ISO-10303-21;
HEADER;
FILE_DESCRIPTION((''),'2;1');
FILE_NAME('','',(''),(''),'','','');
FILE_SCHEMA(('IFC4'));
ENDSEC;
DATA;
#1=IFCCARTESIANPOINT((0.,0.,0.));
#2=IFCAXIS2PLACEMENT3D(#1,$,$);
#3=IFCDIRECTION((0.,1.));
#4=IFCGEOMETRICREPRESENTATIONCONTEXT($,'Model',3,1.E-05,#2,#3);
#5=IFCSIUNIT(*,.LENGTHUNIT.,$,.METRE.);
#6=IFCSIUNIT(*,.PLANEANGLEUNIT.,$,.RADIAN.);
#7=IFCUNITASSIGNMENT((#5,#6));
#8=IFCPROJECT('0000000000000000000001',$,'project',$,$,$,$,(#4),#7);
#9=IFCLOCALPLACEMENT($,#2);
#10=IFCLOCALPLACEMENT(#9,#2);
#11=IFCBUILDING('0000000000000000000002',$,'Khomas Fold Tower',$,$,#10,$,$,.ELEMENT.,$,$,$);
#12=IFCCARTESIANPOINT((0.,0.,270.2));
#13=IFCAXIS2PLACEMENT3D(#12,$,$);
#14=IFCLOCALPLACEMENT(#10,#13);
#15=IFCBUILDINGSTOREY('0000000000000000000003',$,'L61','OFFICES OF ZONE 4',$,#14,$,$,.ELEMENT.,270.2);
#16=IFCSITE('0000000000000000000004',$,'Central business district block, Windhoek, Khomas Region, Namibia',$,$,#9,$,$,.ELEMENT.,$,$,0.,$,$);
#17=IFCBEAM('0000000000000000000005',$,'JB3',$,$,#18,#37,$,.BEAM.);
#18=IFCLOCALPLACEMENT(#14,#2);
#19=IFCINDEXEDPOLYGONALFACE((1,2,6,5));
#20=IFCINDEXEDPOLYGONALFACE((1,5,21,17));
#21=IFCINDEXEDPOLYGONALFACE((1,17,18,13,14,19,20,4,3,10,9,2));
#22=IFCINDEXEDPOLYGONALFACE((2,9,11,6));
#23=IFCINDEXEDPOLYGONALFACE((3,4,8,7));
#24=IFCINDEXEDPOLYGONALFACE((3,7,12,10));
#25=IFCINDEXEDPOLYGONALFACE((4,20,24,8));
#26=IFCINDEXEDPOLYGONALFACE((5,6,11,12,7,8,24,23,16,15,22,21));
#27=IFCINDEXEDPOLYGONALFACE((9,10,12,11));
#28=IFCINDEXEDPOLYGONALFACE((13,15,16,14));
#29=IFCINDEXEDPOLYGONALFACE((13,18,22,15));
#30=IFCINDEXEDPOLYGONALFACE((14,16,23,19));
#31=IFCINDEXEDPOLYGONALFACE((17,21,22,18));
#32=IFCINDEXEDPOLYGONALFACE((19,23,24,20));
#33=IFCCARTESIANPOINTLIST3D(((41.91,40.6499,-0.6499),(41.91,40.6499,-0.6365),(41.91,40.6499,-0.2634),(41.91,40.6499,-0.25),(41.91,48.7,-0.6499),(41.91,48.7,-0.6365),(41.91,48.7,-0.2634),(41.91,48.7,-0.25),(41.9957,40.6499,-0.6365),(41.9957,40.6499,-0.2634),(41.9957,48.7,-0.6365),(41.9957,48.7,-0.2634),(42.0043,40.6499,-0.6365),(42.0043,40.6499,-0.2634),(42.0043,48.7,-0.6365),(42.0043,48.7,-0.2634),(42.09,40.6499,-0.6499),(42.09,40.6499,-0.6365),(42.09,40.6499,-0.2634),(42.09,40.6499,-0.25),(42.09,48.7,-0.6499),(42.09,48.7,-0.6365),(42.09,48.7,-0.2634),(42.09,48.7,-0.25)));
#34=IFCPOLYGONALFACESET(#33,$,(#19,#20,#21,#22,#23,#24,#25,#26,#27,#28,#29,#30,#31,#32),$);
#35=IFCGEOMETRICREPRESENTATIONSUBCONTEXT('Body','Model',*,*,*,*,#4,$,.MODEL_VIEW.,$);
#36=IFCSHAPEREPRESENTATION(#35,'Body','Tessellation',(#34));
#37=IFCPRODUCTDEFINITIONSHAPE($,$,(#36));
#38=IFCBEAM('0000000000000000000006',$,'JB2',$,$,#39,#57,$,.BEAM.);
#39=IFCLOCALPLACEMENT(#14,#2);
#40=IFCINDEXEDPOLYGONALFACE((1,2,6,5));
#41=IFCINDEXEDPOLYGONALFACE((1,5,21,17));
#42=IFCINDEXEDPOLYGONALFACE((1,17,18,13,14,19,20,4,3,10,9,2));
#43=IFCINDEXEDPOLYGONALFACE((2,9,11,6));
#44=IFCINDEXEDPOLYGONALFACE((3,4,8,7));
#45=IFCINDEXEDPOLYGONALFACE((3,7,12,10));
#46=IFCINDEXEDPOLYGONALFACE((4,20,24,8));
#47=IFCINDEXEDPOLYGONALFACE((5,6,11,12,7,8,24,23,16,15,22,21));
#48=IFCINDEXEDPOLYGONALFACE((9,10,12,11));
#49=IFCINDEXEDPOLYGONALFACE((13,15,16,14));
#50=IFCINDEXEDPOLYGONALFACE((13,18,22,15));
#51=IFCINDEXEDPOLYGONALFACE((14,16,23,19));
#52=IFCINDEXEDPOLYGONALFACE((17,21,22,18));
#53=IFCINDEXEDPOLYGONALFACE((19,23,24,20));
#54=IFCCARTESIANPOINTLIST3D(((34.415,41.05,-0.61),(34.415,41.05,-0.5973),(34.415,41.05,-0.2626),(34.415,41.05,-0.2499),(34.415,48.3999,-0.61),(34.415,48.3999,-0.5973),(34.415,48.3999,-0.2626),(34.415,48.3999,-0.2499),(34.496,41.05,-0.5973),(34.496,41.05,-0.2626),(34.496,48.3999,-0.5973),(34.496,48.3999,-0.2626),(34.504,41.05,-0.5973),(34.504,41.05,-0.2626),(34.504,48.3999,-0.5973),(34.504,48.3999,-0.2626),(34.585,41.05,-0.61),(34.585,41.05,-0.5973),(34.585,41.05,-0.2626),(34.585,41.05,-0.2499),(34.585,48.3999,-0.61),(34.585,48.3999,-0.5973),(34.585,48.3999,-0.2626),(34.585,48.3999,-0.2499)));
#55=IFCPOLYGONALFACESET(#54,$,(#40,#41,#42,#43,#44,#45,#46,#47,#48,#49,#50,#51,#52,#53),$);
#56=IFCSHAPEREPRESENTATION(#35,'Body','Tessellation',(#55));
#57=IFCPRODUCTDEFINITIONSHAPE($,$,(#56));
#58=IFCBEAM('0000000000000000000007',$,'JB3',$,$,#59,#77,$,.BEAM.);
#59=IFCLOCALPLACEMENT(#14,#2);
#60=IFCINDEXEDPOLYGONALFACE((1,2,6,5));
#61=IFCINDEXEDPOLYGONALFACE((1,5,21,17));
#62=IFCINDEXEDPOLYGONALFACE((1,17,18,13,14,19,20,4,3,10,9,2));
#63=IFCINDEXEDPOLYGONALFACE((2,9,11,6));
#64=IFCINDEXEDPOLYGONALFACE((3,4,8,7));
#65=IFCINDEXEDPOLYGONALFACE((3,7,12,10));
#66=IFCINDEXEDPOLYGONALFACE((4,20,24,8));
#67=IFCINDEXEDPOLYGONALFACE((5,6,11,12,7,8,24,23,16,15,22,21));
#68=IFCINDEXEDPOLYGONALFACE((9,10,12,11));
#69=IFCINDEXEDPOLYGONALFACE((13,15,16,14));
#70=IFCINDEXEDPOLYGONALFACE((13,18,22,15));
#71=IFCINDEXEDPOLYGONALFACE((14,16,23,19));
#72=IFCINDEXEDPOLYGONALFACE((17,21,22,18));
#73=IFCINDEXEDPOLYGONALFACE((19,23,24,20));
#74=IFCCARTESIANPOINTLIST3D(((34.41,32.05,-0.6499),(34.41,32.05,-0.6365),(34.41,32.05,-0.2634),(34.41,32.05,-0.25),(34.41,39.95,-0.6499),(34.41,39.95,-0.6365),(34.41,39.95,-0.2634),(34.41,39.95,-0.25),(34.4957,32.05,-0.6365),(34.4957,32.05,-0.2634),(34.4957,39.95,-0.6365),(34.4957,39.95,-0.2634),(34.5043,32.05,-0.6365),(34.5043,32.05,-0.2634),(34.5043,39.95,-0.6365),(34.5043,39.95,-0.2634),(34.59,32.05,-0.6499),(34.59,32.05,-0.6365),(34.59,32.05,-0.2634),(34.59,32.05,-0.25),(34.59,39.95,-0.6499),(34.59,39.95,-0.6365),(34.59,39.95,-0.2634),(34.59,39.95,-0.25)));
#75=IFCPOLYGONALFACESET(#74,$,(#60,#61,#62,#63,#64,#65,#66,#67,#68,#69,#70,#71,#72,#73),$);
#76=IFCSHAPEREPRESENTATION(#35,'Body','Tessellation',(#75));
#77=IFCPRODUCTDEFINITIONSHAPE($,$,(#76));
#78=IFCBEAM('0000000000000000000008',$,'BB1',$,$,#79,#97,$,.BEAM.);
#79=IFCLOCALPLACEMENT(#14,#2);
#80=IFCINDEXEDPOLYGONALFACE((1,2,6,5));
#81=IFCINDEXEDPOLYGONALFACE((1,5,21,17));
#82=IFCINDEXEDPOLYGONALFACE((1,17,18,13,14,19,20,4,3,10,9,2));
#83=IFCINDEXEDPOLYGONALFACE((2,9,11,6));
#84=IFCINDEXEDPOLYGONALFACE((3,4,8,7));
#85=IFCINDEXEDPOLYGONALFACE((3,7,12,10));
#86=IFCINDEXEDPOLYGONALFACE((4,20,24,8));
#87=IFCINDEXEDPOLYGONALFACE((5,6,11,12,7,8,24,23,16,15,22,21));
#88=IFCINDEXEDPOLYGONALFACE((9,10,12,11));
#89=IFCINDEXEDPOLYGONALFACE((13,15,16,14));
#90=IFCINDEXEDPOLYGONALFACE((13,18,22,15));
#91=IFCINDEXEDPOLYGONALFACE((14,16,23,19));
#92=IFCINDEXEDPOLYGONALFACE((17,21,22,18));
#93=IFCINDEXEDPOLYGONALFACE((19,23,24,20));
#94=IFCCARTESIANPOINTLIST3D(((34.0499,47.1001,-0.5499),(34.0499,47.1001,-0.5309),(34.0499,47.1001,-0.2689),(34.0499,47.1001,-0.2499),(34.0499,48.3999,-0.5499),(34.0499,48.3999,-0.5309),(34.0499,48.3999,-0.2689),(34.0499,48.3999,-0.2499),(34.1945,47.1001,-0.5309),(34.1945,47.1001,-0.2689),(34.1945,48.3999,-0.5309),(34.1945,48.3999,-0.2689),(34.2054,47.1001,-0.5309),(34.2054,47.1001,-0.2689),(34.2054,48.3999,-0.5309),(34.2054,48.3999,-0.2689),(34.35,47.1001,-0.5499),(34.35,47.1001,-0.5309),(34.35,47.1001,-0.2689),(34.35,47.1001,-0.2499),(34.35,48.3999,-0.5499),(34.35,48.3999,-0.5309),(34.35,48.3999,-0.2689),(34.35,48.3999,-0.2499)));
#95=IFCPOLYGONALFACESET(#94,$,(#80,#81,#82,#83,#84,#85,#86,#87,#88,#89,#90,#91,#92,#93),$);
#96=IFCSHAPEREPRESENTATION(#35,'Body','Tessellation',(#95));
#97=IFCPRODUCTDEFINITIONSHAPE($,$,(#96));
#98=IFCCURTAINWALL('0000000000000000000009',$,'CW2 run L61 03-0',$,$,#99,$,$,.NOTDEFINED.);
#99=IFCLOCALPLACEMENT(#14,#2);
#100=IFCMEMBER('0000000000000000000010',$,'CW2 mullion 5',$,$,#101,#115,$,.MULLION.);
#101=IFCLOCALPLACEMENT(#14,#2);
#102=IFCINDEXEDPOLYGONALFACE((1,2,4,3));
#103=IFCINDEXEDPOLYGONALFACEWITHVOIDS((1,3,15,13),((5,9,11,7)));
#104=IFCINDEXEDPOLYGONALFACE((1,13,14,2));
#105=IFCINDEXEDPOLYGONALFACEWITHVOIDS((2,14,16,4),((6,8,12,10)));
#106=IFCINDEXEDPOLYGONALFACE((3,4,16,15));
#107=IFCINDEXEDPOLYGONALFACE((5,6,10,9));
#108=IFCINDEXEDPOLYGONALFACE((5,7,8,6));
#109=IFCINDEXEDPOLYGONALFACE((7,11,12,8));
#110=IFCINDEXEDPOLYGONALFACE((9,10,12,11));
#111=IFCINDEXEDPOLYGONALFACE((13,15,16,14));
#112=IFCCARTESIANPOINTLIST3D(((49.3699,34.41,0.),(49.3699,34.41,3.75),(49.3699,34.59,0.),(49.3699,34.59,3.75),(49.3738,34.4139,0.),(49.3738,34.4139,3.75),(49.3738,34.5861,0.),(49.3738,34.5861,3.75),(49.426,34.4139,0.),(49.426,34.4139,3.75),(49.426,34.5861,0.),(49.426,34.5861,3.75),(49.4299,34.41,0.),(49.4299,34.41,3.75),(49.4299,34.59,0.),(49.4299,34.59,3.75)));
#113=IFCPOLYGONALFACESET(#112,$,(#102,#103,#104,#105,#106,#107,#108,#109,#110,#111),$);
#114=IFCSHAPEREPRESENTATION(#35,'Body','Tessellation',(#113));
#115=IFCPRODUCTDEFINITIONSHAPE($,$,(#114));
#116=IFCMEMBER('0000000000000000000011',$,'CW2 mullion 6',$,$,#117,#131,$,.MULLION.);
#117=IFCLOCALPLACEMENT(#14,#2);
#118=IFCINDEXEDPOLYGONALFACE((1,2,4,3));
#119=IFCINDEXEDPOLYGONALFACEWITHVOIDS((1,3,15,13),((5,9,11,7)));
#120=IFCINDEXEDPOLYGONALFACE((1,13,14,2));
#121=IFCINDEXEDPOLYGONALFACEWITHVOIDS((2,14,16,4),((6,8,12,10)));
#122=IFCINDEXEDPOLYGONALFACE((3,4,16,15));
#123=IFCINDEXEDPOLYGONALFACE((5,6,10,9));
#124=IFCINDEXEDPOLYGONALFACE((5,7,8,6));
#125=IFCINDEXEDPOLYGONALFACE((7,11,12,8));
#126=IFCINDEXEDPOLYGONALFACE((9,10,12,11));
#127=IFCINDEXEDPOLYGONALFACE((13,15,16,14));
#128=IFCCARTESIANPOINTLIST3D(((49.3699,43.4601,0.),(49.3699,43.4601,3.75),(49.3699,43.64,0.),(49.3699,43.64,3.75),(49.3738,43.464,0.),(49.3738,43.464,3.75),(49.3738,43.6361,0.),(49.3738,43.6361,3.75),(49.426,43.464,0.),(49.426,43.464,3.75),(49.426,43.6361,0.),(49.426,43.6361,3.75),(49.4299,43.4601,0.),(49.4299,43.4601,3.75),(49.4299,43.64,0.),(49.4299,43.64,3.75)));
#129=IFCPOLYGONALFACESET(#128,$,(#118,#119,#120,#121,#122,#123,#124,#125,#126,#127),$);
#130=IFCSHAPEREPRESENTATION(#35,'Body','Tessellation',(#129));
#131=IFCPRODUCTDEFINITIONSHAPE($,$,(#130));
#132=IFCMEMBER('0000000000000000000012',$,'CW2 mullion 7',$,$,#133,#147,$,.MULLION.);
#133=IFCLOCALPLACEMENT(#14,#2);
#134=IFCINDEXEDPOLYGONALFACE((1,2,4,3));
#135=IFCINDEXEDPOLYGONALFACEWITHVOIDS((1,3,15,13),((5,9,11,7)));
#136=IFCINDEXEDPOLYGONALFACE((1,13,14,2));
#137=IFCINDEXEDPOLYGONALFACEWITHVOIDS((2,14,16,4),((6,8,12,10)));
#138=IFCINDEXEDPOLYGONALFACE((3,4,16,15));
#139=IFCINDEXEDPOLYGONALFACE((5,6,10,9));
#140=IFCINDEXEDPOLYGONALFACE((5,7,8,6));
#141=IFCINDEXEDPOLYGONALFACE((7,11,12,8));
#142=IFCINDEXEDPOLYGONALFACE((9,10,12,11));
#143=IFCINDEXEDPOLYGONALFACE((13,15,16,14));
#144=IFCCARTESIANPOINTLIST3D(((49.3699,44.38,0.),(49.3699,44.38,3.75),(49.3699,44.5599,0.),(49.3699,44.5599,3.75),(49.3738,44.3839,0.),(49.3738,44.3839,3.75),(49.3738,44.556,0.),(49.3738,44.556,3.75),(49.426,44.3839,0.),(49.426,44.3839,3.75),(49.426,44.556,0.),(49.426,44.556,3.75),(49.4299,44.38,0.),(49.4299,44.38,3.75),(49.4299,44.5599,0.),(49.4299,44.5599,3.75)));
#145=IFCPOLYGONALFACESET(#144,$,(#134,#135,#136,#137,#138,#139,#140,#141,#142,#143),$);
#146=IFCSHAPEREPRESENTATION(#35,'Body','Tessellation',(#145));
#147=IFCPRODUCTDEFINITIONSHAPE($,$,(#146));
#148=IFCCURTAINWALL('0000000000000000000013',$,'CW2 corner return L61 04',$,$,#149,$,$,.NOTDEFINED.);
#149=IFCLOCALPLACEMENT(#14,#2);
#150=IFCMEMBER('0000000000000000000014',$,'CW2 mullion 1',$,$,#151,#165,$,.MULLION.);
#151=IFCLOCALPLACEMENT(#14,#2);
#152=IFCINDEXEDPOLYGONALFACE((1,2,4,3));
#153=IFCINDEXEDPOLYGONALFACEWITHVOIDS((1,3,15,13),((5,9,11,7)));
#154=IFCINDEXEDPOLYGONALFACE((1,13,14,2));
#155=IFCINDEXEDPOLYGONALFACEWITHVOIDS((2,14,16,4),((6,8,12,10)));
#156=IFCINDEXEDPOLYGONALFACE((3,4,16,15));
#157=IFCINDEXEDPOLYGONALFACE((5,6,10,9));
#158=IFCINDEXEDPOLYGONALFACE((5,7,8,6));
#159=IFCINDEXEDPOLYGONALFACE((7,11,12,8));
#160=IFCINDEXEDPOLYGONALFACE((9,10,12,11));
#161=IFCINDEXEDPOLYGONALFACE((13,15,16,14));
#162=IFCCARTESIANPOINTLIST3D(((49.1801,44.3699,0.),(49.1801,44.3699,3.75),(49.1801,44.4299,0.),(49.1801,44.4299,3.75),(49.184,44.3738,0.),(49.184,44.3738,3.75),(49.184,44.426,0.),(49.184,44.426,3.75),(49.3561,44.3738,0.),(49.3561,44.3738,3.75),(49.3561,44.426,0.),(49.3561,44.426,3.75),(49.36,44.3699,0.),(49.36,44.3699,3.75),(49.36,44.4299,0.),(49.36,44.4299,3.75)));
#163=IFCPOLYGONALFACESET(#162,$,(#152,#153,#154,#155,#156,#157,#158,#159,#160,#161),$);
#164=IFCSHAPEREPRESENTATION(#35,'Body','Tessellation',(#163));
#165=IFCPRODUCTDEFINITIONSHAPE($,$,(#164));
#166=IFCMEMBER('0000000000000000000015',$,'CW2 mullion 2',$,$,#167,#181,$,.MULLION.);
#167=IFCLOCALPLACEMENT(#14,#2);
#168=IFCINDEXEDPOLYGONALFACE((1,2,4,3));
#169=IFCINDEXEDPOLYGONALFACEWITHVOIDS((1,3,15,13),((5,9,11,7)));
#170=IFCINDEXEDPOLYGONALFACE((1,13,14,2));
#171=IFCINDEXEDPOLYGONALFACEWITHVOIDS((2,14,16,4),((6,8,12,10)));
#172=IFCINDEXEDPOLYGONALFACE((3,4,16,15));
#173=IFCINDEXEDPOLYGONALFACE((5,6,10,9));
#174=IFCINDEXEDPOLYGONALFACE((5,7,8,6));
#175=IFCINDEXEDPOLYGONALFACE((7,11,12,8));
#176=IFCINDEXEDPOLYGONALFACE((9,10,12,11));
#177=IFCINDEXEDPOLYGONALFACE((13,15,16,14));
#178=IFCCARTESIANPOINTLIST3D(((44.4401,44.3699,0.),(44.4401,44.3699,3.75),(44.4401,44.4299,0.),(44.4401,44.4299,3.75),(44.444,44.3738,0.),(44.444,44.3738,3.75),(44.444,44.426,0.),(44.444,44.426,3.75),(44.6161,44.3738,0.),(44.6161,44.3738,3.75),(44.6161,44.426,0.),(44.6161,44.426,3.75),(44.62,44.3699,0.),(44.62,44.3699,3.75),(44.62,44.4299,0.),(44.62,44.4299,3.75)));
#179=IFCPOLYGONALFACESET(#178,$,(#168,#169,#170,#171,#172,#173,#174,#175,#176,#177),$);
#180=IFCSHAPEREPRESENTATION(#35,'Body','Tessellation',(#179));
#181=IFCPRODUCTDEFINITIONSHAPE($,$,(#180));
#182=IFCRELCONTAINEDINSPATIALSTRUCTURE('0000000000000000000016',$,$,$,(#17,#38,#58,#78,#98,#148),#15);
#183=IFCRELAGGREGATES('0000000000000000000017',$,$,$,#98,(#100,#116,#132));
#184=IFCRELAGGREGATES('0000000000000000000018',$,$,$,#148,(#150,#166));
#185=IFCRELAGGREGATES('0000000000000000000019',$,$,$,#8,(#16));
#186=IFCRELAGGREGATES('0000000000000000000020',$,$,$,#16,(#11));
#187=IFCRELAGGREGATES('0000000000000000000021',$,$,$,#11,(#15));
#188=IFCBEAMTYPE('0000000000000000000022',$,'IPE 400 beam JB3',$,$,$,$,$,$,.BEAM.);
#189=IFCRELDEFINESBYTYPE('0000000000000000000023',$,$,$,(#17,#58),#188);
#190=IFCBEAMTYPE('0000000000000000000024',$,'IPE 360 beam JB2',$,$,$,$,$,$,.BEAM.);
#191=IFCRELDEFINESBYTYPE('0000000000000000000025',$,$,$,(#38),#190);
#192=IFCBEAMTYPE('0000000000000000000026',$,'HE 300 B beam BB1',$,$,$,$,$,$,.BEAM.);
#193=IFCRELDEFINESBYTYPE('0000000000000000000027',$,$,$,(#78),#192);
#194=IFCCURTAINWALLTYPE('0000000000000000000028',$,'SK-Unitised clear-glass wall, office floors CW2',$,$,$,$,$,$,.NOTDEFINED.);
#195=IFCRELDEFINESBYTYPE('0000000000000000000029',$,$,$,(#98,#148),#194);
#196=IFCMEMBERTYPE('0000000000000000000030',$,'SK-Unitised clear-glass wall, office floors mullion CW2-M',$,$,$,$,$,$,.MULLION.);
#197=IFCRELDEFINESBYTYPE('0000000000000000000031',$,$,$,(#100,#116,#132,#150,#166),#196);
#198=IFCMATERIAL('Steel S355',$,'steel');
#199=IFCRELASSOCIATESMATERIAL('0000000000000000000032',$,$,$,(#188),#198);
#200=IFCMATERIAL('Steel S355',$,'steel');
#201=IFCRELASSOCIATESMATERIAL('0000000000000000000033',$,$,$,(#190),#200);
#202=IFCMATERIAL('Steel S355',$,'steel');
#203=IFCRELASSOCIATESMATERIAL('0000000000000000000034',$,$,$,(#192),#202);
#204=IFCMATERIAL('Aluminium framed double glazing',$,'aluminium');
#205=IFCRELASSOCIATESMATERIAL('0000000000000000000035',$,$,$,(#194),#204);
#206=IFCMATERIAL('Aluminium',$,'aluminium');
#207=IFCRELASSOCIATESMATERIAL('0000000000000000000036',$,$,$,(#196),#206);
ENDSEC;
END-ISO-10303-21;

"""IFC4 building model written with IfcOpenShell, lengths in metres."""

from ifc_helpers import new_model, si_unit, direction, frame, origin, origin_2d, place, context, subcontext, project, spatial, hollow_rectangle, i_section, extrude, source, transform, mapped, material, material_profile, profile_set, type_object, element, aggregate, save


model = new_model("IFC4")

# Units and contexts
model_context = context("Model", 3, precision=1e-05, world=origin(), true_north=direction((0.0, 1.0)))
body_context = subcontext(model_context, "Body", "Model", "MODEL_VIEW")
ifc_project = project(units=[si_unit("LENGTHUNIT", "METRE"), si_unit("PLANEANGLEUNIT", "RADIAN")], contexts=[model_context])

# Site, building, storey
site_placement = place(None, origin())
site = spatial("IfcSite", under=ifc_project, at=site_placement, Name="Central business district block, Windhoek, Khomas Region, Namibia", CompositionType="ELEMENT", RefElevation=0.0)
building_placement = place(site_placement, origin())
building = spatial("IfcBuilding", under=site, at=building_placement, Name="Khomas Fold Tower", CompositionType="ELEMENT")
storey_placement = place(building_placement, frame((0.0, 0.0, 270.2)))
storey = spatial("IfcBuildingStorey", under=building, at=storey_placement, Name="L61", Description="OFFICES OF ZONE 4", CompositionType="ELEMENT", Elevation=270.2)

# Beams
ifc_material_1 = material(Name="Steel S355", Category="steel")
ifc_material_profile_1 = material_profile(ifc_material_1, i_section(OverallWidth=0.1799, OverallDepth=0.3999, WebThickness=0.0085, FlangeThickness=0.0134, at=origin_2d()), Name="IPE 400")
ifc_profile_set_1 = profile_set([ifc_material_profile_1], Name="Steel S355")
beam_type_1 = type_object("IfcBeamType", Name="IPE 400 beam JB3", PredefinedType="BEAM", material=ifc_profile_set_1)
shared_shape_1 = source(origin(), body_context, "Body", "SweptSolid", [
    extrude(i_section(OverallWidth=0.1799, OverallDepth=0.3999, WebThickness=0.0085, FlangeThickness=0.0134, at=origin_2d()), origin(), (0.0, 0.0, 1.0), 8.05),
])
beam_1_placement = place(storey_placement, frame((42.0, 40.6499, -0.45), z_axis=(0.0, 1.0, 0.0), x_axis=(-1.0, 0.0, 0.0)))
element("IfcBeam", 1, at=beam_1_placement, inside=storey, type_object=beam_type_1, Name="JB3", PredefinedType="BEAM", context=body_context, shape_type="MappedRepresentation", body=[
    mapped(shared_shape_1, transform((0.0, 0.0, 0.0))),
])
ifc_material_2 = material(Name="Steel S355", Category="steel")
ifc_material_profile_2 = material_profile(ifc_material_2, i_section(OverallWidth=0.1699, OverallDepth=0.3601, WebThickness=0.0081, FlangeThickness=0.0127, at=origin_2d()), Name="IPE 360")
ifc_profile_set_2 = profile_set([ifc_material_profile_2], Name="Steel S355")
beam_type_2 = type_object("IfcBeamType", Name="IPE 360 beam JB2", PredefinedType="BEAM", material=ifc_profile_set_2)
shared_shape_2 = source(origin(), body_context, "Body", "SweptSolid", [
    extrude(i_section(OverallWidth=0.1699, OverallDepth=0.3601, WebThickness=0.0081, FlangeThickness=0.0127, at=origin_2d()), origin(), (0.0, 0.0, 1.0), 7.3499),
])
beam_2_placement = place(storey_placement, frame((34.5, 41.05, -0.4299), z_axis=(0.0, 1.0, 0.0), x_axis=(-1.0, 0.0, 0.0)))
element("IfcBeam", 2, at=beam_2_placement, inside=storey, type_object=beam_type_2, Name="JB2", PredefinedType="BEAM", context=body_context, shape_type="MappedRepresentation", body=[
    mapped(shared_shape_2, transform((0.0, 0.0, 0.0))),
])
shared_shape_3 = source(origin(), body_context, "Body", "SweptSolid", [
    extrude(i_section(OverallWidth=0.1799, OverallDepth=0.3999, WebThickness=0.0085, FlangeThickness=0.0134, at=origin_2d()), origin(), (0.0, 0.0, 1.0), 7.8999),
])
beam_3_placement = place(storey_placement, frame((34.5, 32.05, -0.45), z_axis=(0.0, 1.0, 0.0), x_axis=(-1.0, 0.0, 0.0)))
element("IfcBeam", 3, at=beam_3_placement, inside=storey, type_object=beam_type_1, Name="JB3", PredefinedType="BEAM", context=body_context, shape_type="MappedRepresentation", body=[
    mapped(shared_shape_3, transform((0.0, 0.0, 0.0))),
])
ifc_material_3 = material(Name="Steel S355", Category="steel")
ifc_material_profile_3 = material_profile(ifc_material_3, i_section(OverallWidth=0.3, OverallDepth=0.3, WebThickness=0.011, FlangeThickness=0.019, at=origin_2d()), Name="HE 300 B")
ifc_profile_set_3 = profile_set([ifc_material_profile_3], Name="Steel S355")
beam_type_3 = type_object("IfcBeamType", Name="HE 300 B beam BB1", PredefinedType="BEAM", material=ifc_profile_set_3)
shared_shape_4 = source(origin(), body_context, "Body", "SweptSolid", [
    extrude(i_section(OverallWidth=0.3, OverallDepth=0.3, WebThickness=0.011, FlangeThickness=0.019, at=origin_2d()), origin(), (0.0, 0.0, 1.0), 1.2998),
])
beam_4_placement = place(storey_placement, frame((34.2, 47.1001, -0.3999), z_axis=(0.0, 1.0, 0.0), x_axis=(-1.0, 0.0, 0.0)))
element("IfcBeam", 4, at=beam_4_placement, inside=storey, type_object=beam_type_3, Name="BB1", PredefinedType="BEAM", context=body_context, shape_type="MappedRepresentation", body=[
    mapped(shared_shape_4, transform((0.0, 0.0, 0.0))),
])

# Curtain walls, members
ifc_material_4 = material(Name="Aluminium framed double glazing", Category="aluminium")
curtain_wall_type = type_object("IfcCurtainWallType", Name="SK-Unitised clear-glass wall, office floors CW2", PredefinedType="NOTDEFINED", material=ifc_material_4)
curtain_wall_1_placement = place(storey_placement, origin())
curtain_wall_1 = element("IfcCurtainWall", 5, at=curtain_wall_1_placement, inside=storey, type_object=curtain_wall_type, Name="CW2 run L61 03-0", PredefinedType="NOTDEFINED")
ifc_material_5 = material(Name="Aluminium", Category="aluminium")
ifc_material_profile_4 = material_profile(ifc_material_5, hollow_rectangle(XDim=0.0601, YDim=0.1799, WallThickness=0.0039, at=origin_2d()), Name="SK-Unitised clear-glass wall, office floors mullion CW2-M")
ifc_profile_set_4 = profile_set([ifc_material_profile_4], Name="Aluminium")
member_type_1 = type_object("IfcMemberType", Name="SK-Unitised clear-glass wall, office floors mullion CW2-M", PredefinedType="MULLION", material=ifc_profile_set_4)
shared_shape_5 = source(origin(), body_context, "Body", "SweptSolid", [
    extrude(hollow_rectangle(XDim=0.0601, YDim=0.1799, WallThickness=0.0039, at=origin_2d()), origin(), (0.0, 0.0, 1.0), 3.75),
])
member_1_placement = place(storey_placement, frame((49.3999, 34.5, 0.0), z_axis=(0.0, 0.0, 1.0), x_axis=(-1.0, 0.0, 0.0)))
member_1 = element("IfcMember", 6, at=member_1_placement, type_object=member_type_1, Name="CW2 mullion 5", PredefinedType="MULLION", context=body_context, shape_type="MappedRepresentation", body=[
    mapped(shared_shape_5, transform((0.0, 0.0, 0.0))),
])
member_2_placement = place(storey_placement, frame((49.3999, 43.55, 0.0), z_axis=(0.0, 0.0, 1.0), x_axis=(-1.0, 0.0, 0.0)))
member_2 = element("IfcMember", 7, at=member_2_placement, type_object=member_type_1, Name="CW2 mullion 6", PredefinedType="MULLION", context=body_context, shape_type="MappedRepresentation", body=[
    mapped(shared_shape_5, transform((0.0, 0.0, 0.0))),
])
member_3_placement = place(storey_placement, frame((49.3999, 44.47, 0.0), z_axis=(0.0, 0.0, 1.0), x_axis=(-1.0, 0.0, 0.0)))
member_3 = element("IfcMember", 8, at=member_3_placement, type_object=member_type_1, Name="CW2 mullion 7", PredefinedType="MULLION", context=body_context, shape_type="MappedRepresentation", body=[
    mapped(shared_shape_5, transform((0.0, 0.0, 0.0))),
])
curtain_wall_2_placement = place(storey_placement, origin())
curtain_wall_2 = element("IfcCurtainWall", 9, at=curtain_wall_2_placement, inside=storey, type_object=curtain_wall_type, Name="CW2 corner return L61 04", PredefinedType="NOTDEFINED")
member_4_placement = place(storey_placement, frame((49.27, 44.3999, 0.0), z_axis=(0.0, 0.0, 1.0), x_axis=(0.0, -1.0, 0.0)))
member_4 = element("IfcMember", 10, at=member_4_placement, type_object=member_type_1, Name="CW2 mullion 1", PredefinedType="MULLION", context=body_context, shape_type="MappedRepresentation", body=[
    mapped(shared_shape_5, transform((0.0, 0.0, 0.0))),
])
member_5_placement = place(storey_placement, frame((44.53, 44.3999, 0.0), z_axis=(0.0, 0.0, 1.0), x_axis=(0.0, -1.0, 0.0)))
member_5 = element("IfcMember", 11, at=member_5_placement, type_object=member_type_1, Name="CW2 mullion 2", PredefinedType="MULLION", context=body_context, shape_type="MappedRepresentation", body=[
    mapped(shared_shape_5, transform((0.0, 0.0, 0.0))),
])

aggregate(curtain_wall_1, [member_1, member_2, member_3])
aggregate(curtain_wall_2, [member_4, member_5])

save(model, "model.ifc")
